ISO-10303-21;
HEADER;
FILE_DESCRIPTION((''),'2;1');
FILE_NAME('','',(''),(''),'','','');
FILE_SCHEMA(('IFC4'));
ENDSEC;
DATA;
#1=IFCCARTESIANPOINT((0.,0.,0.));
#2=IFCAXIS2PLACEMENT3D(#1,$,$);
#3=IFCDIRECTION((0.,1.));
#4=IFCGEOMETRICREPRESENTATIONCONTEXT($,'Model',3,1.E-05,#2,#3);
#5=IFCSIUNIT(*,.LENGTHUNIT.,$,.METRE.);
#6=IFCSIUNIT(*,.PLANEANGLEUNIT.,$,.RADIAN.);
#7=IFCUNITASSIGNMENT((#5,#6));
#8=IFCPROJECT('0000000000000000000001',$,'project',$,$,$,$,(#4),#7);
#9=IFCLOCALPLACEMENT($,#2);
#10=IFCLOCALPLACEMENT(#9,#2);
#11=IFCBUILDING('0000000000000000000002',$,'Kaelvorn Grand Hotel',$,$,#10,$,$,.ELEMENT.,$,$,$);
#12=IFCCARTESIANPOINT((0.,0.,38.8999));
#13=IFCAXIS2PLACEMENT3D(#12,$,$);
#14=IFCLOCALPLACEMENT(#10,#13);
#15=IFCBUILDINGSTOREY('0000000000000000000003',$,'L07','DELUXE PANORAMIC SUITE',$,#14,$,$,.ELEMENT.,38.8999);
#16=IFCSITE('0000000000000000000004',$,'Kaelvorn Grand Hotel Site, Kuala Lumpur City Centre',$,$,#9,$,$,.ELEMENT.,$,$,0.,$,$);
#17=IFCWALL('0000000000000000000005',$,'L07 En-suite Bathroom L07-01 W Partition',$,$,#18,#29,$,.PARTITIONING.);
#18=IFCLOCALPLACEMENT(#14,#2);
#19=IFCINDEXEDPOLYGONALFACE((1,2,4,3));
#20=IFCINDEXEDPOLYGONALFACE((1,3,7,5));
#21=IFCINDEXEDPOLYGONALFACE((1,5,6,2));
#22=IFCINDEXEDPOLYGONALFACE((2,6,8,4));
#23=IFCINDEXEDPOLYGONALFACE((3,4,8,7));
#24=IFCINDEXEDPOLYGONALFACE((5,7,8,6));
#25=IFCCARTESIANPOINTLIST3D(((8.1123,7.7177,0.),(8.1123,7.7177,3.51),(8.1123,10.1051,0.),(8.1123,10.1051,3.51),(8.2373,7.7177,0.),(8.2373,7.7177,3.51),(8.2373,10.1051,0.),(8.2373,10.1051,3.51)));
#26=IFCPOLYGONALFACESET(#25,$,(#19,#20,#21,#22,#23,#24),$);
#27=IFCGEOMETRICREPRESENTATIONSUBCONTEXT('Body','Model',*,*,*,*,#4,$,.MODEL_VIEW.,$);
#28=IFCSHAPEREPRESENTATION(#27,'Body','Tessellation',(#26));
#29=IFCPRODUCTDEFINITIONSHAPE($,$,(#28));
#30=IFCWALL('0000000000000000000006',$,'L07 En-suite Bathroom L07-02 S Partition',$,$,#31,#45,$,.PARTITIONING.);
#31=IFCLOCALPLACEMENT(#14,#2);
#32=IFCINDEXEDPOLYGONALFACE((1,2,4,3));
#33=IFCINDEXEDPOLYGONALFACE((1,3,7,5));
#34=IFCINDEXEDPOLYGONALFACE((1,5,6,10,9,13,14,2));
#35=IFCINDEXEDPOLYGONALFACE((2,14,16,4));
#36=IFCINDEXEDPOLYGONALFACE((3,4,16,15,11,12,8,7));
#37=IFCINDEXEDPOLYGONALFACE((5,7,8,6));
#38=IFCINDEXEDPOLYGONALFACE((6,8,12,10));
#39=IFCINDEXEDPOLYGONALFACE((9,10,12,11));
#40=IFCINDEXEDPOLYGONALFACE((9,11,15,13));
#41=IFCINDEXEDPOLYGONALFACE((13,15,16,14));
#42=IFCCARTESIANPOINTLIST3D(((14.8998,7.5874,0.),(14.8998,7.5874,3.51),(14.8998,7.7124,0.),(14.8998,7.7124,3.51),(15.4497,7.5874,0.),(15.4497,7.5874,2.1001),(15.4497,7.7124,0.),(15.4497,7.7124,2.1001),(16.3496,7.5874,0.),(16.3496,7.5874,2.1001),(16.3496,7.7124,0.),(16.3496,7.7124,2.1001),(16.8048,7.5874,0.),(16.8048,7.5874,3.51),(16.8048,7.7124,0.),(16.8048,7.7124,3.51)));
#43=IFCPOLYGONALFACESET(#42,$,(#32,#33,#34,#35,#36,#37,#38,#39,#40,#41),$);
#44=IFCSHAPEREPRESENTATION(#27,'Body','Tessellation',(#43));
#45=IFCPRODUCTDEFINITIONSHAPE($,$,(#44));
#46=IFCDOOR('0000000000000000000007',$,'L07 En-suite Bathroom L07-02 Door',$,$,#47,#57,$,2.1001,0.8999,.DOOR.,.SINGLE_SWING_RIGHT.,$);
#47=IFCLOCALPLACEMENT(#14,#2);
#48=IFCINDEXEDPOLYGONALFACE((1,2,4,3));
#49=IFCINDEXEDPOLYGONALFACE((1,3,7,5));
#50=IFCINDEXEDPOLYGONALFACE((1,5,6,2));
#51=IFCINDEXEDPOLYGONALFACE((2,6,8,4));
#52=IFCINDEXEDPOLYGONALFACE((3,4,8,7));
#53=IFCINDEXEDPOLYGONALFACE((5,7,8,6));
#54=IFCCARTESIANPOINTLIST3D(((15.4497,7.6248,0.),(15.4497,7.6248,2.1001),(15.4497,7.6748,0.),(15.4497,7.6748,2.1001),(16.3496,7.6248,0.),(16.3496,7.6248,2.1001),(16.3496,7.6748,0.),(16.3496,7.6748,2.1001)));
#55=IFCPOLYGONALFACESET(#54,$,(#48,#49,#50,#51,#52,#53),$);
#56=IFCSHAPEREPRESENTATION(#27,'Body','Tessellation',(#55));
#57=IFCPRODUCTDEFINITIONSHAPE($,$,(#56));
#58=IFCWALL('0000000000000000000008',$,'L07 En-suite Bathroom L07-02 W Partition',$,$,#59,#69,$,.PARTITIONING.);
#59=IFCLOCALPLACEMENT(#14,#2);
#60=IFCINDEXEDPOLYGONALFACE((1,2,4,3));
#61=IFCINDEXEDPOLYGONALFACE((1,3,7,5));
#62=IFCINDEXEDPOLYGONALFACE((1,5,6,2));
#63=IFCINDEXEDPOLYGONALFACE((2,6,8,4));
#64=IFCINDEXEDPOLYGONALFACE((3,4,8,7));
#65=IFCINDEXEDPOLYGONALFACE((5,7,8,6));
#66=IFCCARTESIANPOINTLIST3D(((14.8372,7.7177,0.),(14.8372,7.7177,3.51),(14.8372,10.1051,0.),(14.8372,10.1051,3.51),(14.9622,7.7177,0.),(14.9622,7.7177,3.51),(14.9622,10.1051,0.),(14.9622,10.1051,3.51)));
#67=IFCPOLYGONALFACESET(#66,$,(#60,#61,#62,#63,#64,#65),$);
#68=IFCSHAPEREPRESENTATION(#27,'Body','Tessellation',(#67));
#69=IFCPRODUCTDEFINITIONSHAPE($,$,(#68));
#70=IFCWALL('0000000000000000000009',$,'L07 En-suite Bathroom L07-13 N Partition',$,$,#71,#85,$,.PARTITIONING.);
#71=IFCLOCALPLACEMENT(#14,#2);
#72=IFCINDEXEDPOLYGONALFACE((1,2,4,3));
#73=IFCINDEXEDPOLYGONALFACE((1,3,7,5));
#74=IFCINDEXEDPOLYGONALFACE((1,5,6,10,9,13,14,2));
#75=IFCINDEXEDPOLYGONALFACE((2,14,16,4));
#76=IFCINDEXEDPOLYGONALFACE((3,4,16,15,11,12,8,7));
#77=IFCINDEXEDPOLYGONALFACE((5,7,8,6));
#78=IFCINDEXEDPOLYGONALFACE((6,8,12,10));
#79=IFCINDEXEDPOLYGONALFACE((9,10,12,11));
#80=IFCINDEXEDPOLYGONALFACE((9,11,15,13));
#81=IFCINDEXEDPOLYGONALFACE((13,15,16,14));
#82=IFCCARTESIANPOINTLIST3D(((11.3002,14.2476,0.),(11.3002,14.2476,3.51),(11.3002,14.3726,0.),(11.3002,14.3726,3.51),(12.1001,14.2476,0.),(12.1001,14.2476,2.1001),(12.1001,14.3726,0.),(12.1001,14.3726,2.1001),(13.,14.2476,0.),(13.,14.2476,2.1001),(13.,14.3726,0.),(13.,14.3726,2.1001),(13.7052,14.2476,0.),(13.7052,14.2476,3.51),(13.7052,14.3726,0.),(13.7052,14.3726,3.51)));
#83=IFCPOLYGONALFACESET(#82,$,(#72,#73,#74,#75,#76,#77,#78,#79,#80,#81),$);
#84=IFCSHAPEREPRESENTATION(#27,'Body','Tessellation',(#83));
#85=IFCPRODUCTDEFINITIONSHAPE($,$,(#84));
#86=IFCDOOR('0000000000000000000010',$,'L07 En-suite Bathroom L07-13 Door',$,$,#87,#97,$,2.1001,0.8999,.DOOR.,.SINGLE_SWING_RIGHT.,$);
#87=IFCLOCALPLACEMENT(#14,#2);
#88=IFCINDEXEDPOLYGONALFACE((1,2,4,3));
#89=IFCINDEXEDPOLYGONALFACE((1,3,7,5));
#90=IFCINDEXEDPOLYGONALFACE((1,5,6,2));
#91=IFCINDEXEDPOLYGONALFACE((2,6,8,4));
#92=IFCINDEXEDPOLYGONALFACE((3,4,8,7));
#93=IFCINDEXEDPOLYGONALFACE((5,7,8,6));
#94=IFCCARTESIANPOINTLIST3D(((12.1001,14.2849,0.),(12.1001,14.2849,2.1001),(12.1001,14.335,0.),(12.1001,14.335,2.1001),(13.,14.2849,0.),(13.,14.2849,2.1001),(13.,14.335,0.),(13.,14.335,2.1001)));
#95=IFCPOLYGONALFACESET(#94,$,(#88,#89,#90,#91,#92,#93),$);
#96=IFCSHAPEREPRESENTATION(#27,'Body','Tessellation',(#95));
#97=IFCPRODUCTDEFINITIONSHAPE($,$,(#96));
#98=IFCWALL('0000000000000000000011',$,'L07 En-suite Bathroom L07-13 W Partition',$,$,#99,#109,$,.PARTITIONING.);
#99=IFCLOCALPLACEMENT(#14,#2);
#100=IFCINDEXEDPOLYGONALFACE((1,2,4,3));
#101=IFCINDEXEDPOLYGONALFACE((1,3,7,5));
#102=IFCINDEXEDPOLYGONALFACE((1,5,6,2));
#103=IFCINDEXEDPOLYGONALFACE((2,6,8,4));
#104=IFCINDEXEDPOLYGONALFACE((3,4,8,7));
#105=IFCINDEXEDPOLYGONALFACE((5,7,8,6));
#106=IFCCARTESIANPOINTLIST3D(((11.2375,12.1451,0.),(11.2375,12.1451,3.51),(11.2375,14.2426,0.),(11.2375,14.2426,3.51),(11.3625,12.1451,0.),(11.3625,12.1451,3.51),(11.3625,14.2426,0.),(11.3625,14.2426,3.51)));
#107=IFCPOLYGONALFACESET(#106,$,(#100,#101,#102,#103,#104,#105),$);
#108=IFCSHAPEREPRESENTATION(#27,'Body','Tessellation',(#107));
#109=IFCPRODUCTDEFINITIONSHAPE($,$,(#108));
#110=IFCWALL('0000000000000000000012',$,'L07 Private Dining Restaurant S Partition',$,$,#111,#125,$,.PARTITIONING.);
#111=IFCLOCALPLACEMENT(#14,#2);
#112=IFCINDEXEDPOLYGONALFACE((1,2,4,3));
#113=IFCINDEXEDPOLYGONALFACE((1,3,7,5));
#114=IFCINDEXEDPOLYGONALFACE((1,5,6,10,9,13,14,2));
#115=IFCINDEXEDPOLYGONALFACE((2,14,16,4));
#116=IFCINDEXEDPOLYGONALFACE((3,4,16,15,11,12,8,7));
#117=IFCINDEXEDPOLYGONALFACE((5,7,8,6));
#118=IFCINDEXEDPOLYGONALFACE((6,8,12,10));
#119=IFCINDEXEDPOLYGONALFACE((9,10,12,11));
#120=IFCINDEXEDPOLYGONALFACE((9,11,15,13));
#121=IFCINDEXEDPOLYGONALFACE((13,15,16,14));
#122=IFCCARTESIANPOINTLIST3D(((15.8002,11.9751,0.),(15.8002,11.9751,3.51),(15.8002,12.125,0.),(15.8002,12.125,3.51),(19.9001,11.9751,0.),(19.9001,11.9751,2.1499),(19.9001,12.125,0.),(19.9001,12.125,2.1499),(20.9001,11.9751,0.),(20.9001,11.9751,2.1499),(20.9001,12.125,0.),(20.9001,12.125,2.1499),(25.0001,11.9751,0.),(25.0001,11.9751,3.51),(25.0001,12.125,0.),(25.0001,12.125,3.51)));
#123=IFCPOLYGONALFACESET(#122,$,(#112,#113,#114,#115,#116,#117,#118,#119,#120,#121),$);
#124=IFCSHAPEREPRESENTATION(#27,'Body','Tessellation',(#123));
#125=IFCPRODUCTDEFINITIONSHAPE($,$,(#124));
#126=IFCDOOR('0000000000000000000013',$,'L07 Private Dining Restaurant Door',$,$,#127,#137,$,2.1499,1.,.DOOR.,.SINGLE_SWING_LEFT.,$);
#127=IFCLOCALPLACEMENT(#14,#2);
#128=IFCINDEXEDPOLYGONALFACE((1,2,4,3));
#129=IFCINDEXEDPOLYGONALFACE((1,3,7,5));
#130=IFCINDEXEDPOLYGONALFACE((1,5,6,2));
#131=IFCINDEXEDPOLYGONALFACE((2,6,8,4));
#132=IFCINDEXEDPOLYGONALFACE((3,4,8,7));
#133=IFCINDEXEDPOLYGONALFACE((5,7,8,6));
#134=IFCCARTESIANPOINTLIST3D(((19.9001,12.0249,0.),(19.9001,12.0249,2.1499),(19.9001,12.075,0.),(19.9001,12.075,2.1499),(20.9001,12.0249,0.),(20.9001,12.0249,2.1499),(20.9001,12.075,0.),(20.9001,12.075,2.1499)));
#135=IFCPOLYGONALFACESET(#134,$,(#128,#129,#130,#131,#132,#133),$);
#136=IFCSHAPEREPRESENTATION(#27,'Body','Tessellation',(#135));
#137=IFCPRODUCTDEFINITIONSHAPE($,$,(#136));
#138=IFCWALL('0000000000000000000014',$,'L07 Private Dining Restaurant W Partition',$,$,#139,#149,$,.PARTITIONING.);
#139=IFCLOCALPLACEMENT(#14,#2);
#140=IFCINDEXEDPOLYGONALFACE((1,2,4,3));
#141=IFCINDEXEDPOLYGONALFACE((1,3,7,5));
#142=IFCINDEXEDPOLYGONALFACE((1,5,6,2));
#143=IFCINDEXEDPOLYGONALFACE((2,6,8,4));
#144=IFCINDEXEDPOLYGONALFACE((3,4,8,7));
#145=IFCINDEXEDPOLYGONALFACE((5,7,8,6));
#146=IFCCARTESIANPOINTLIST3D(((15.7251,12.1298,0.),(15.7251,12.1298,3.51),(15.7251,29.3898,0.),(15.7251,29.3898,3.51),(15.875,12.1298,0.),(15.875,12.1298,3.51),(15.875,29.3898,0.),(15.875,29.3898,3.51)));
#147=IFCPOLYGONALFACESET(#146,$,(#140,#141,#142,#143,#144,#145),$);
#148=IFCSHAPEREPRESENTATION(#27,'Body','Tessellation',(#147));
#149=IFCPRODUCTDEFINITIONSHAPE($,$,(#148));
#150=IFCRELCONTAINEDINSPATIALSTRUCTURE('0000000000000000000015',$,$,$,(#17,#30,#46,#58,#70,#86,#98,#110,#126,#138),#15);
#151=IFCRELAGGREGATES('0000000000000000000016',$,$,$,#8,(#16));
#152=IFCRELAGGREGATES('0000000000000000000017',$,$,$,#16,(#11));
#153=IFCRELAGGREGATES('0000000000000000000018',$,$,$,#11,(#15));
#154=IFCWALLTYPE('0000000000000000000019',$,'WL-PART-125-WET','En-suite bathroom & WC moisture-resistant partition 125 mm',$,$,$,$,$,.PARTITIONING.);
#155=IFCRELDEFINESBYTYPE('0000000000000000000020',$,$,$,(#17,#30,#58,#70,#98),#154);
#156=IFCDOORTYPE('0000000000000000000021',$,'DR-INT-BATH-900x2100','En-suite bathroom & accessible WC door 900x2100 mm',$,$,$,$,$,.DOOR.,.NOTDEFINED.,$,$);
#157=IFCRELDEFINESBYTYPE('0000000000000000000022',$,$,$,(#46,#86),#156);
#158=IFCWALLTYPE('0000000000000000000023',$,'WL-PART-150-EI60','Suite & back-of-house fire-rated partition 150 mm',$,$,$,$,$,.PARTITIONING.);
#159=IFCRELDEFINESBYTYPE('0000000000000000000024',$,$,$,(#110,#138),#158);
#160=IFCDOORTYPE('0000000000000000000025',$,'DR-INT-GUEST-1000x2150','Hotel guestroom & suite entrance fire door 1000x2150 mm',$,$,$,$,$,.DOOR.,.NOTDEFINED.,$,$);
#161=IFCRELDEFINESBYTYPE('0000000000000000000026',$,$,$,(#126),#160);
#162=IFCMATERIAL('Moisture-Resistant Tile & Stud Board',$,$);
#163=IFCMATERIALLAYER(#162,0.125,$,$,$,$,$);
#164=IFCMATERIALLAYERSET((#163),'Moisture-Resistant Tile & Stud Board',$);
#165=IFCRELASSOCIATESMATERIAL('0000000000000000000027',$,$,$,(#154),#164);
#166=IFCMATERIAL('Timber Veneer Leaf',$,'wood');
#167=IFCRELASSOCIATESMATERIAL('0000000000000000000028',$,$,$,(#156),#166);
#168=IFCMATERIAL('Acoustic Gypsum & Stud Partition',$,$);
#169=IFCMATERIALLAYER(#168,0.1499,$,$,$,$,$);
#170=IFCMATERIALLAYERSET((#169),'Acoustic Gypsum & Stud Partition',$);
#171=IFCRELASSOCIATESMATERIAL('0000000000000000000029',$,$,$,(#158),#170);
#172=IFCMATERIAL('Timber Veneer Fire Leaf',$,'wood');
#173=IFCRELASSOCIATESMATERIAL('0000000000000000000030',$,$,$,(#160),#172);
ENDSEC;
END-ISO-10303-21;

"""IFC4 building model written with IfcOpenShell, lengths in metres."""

from ifc_helpers import new_model, si_unit, direction, frame, frame_2d, origin, place, context, subcontext, project, spatial, rectangle, extrude, material, layer, layer_set, type_object, element, fill, save


model = new_model("IFC4")

# Units and contexts
model_context = context("Model", 3, precision=1e-05, world=origin(), true_north=direction((0.0, 1.0)))
body_context = subcontext(model_context, "Body", "Model", "MODEL_VIEW")
ifc_project = project(units=[si_unit("LENGTHUNIT", "METRE"), si_unit("PLANEANGLEUNIT", "RADIAN")], contexts=[model_context])

# Site, building, storey
site_placement = place(None, origin())
site = spatial("IfcSite", under=ifc_project, at=site_placement, Name="Kaelvorn Grand Hotel Site, Kuala Lumpur City Centre", CompositionType="ELEMENT", RefElevation=0.0)
building_placement = place(site_placement, origin())
building = spatial("IfcBuilding", under=site, at=building_placement, Name="Kaelvorn Grand Hotel", CompositionType="ELEMENT")
storey_placement = place(building_placement, frame((0.0, 0.0, 38.8999)))
storey = spatial("IfcBuildingStorey", under=building, at=storey_placement, Name="L07", Description="DELUXE PANORAMIC SUITE", CompositionType="ELEMENT", Elevation=38.8999)

# Wall
ifc_material_1 = material(Name="Moisture-Resistant Tile & Stud Board")
ifc_layer_1 = layer(ifc_material_1, 0.125)
ifc_layer_set_1 = layer_set([ifc_layer_1], Name="Moisture-Resistant Tile & Stud Board")
wall_type_1 = type_object("IfcWallType", Name="WL-PART-125-WET", Description="En-suite bathroom & WC moisture-resistant partition 125 mm", PredefinedType="PARTITIONING", material=ifc_layer_set_1)
wall_1_placement = place(storey_placement, frame((8.1748, 7.7175, 0.0), z_axis=(0.0, 0.0, 1.0), x_axis=(0.0, 1.0, 0.0)))
element("IfcWall", 1, at=wall_1_placement, inside=storey, type_object=wall_type_1, Name="L07 En-suite Bathroom L07-01 W Partition", PredefinedType="PARTITIONING", context=body_context, shape_type="SweptSolid", body=[
    extrude(rectangle(XDim=2.3875, YDim=0.125, at=frame_2d((1.1938, 0.0))), origin(), (0.0, 0.0, 1.0), 3.51),
])

# Wall, opening, door
wall_2_placement = place(storey_placement, frame((14.8997, 7.6499, 0.0), z_axis=(0.0, 0.0, 1.0), x_axis=(1.0, 0.0, 0.0)))
wall_2 = element("IfcWall", 2, at=wall_2_placement, inside=storey, type_object=wall_type_1, Name="L07 En-suite Bathroom L07-02 S Partition", PredefinedType="PARTITIONING", context=body_context, shape_type="SweptSolid", body=[
    extrude(rectangle(XDim=1.905, YDim=0.125, at=frame_2d((0.9526, 0.0))), origin(), (0.0, 0.0, 1.0), 3.51),
])
opening_1_placement = place(wall_2_placement, frame((0.55, 0.0, 0.0)))
opening_1 = element("IfcOpeningElement", 3, at=opening_1_placement, cuts=wall_2, PredefinedType="OPENING", context=body_context, shape_type="SweptSolid", body=[
    extrude(rectangle(XDim=0.8999, YDim=2.1001, at=frame_2d((0.45, 1.05))), frame((0.0, 0.0725, 0.0), z_axis=(0.0, -1.0, 0.0), x_axis=(1.0, 0.0, 0.0)), (0.0, 0.0, 1.0), 0.145),
])
ifc_material_2 = material(Name="Timber Veneer Leaf", Category="wood")
door_type_1 = type_object("IfcDoorType", Name="DR-INT-BATH-900x2100", Description="En-suite bathroom & accessible WC door 900x2100 mm", OperationType="NOTDEFINED", PredefinedType="DOOR", material=ifc_material_2)
door_1_placement = place(opening_1_placement, origin())
door_1 = element("IfcDoor", 4, at=door_1_placement, inside=storey, type_object=door_type_1, Name="L07 En-suite Bathroom L07-02 Door", OperationType="SINGLE_SWING_RIGHT", OverallHeight=2.1001, OverallWidth=0.8999, PredefinedType="DOOR", context=body_context, shape_type="SweptSolid", body=[
    extrude(rectangle(XDim=0.8999, YDim=2.1001, at=frame_2d((0.45, 1.05))), frame((0.0, 0.0249, 0.0), z_axis=(0.0, -1.0, 0.0), x_axis=(1.0, 0.0, 0.0)), (0.0, 0.0, 1.0), 0.05),
])
fill(opening_1, door_1)

# Wall
wall_3_placement = place(storey_placement, frame((14.8997, 7.7175, 0.0), z_axis=(0.0, 0.0, 1.0), x_axis=(0.0, 1.0, 0.0)))
element("IfcWall", 5, at=wall_3_placement, inside=storey, type_object=wall_type_1, Name="L07 En-suite Bathroom L07-02 W Partition", PredefinedType="PARTITIONING", context=body_context, shape_type="SweptSolid", body=[
    extrude(rectangle(XDim=2.3875, YDim=0.125, at=frame_2d((1.1938, 0.0))), origin(), (0.0, 0.0, 1.0), 3.51),
])

# Wall, opening, door
wall_4_placement = place(storey_placement, frame((11.3, 14.3101, 0.0), z_axis=(0.0, 0.0, 1.0), x_axis=(1.0, 0.0, 0.0)))
wall_4 = element("IfcWall", 6, at=wall_4_placement, inside=storey, type_object=wall_type_1, Name="L07 En-suite Bathroom L07-13 N Partition", PredefinedType="PARTITIONING", context=body_context, shape_type="SweptSolid", body=[
    extrude(rectangle(XDim=2.405, YDim=0.125, at=frame_2d((1.2026, 0.0))), origin(), (0.0, 0.0, 1.0), 3.51),
])
opening_2_placement = place(wall_4_placement, frame((0.8, 0.0, 0.0)))
opening_2 = element("IfcOpeningElement", 7, at=opening_2_placement, cuts=wall_4, PredefinedType="OPENING", context=body_context, shape_type="SweptSolid", body=[
    extrude(rectangle(XDim=0.8999, YDim=2.1001, at=frame_2d((0.45, 1.05))), frame((0.0, 0.0725, 0.0), z_axis=(0.0, -1.0, 0.0), x_axis=(1.0, 0.0, 0.0)), (0.0, 0.0, 1.0), 0.145),
])
door_2_placement = place(opening_2_placement, origin())
door_2 = element("IfcDoor", 8, at=door_2_placement, inside=storey, type_object=door_type_1, Name="L07 En-suite Bathroom L07-13 Door", OperationType="SINGLE_SWING_RIGHT", OverallHeight=2.1001, OverallWidth=0.8999, PredefinedType="DOOR", context=body_context, shape_type="SweptSolid", body=[
    extrude(rectangle(XDim=0.8999, YDim=2.1001, at=frame_2d((0.45, 1.05))), frame((0.0, 0.0249, 0.0), z_axis=(0.0, -1.0, 0.0), x_axis=(1.0, 0.0, 0.0)), (0.0, 0.0, 1.0), 0.05),
])
fill(opening_2, door_2)

# Wall
wall_5_placement = place(storey_placement, frame((11.3, 12.145, 0.0), z_axis=(0.0, 0.0, 1.0), x_axis=(0.0, 1.0, 0.0)))
element("IfcWall", 9, at=wall_5_placement, inside=storey, type_object=wall_type_1, Name="L07 En-suite Bathroom L07-13 W Partition", PredefinedType="PARTITIONING", context=body_context, shape_type="SweptSolid", body=[
    extrude(rectangle(XDim=2.0974, YDim=0.125, at=frame_2d((1.0488, 0.0))), origin(), (0.0, 0.0, 1.0), 3.51),
])

# Wall, opening, door
ifc_material_3 = material(Name="Acoustic Gypsum & Stud Partition")
ifc_layer_2 = layer(ifc_material_3, 0.1499)
ifc_layer_set_2 = layer_set([ifc_layer_2], Name="Acoustic Gypsum & Stud Partition")
wall_type_2 = type_object("IfcWallType", Name="WL-PART-150-EI60", Description="Suite & back-of-house fire-rated partition 150 mm", PredefinedType="PARTITIONING", material=ifc_layer_set_2)
wall_6_placement = place(storey_placement, frame((15.8, 12.05, 0.0), z_axis=(0.0, 0.0, 1.0), x_axis=(1.0, 0.0, 0.0)))
wall_6 = element("IfcWall", 10, at=wall_6_placement, inside=storey, type_object=wall_type_2, Name="L07 Private Dining Restaurant S Partition", PredefinedType="PARTITIONING", context=body_context, shape_type="SweptSolid", body=[
    extrude(rectangle(XDim=9.2, YDim=0.1499, at=frame_2d((4.6001, 0.0))), origin(), (0.0, 0.0, 1.0), 3.51),
])
opening_3_placement = place(wall_6_placement, frame((4.1001, 0.0, 0.0)))
opening_3 = element("IfcOpeningElement", 11, at=opening_3_placement, cuts=wall_6, PredefinedType="OPENING", context=body_context, shape_type="SweptSolid", body=[
    extrude(rectangle(XDim=1.0, YDim=2.1499, at=frame_2d((0.5, 1.075))), frame((0.0, 0.085, 0.0), z_axis=(0.0, -1.0, 0.0), x_axis=(1.0, 0.0, 0.0)), (0.0, 0.0, 1.0), 0.1699),
])
ifc_material_4 = material(Name="Timber Veneer Fire Leaf", Category="wood")
door_type_2 = type_object("IfcDoorType", Name="DR-INT-GUEST-1000x2150", Description="Hotel guestroom & suite entrance fire door 1000x2150 mm", OperationType="NOTDEFINED", PredefinedType="DOOR", material=ifc_material_4)
door_3_placement = place(opening_3_placement, origin())
door_3 = element("IfcDoor", 12, at=door_3_placement, inside=storey, type_object=door_type_2, Name="L07 Private Dining Restaurant Door", OperationType="SINGLE_SWING_LEFT", OverallHeight=2.1499, OverallWidth=1.0, PredefinedType="DOOR", context=body_context, shape_type="SweptSolid", body=[
    extrude(rectangle(XDim=1.0, YDim=2.1499, at=frame_2d((0.5, 1.075))), frame((0.0, 0.0249, 0.0), z_axis=(0.0, -1.0, 0.0), x_axis=(1.0, 0.0, 0.0)), (0.0, 0.0, 1.0), 0.05),
])
fill(opening_3, door_3)

# Wall
wall_7_placement = place(storey_placement, frame((15.8, 12.1299, 0.0), z_axis=(0.0, 0.0, 1.0), x_axis=(0.0, 1.0, 0.0)))
element("IfcWall", 13, at=wall_7_placement, inside=storey, type_object=wall_type_2, Name="L07 Private Dining Restaurant W Partition", PredefinedType="PARTITIONING", context=body_context, shape_type="SweptSolid", body=[
    extrude(rectangle(XDim=17.26, YDim=0.1499, at=frame_2d((8.6299, 0.0))), origin(), (0.0, 0.0, 1.0), 3.51),
])

save(model, "model.ifc")
